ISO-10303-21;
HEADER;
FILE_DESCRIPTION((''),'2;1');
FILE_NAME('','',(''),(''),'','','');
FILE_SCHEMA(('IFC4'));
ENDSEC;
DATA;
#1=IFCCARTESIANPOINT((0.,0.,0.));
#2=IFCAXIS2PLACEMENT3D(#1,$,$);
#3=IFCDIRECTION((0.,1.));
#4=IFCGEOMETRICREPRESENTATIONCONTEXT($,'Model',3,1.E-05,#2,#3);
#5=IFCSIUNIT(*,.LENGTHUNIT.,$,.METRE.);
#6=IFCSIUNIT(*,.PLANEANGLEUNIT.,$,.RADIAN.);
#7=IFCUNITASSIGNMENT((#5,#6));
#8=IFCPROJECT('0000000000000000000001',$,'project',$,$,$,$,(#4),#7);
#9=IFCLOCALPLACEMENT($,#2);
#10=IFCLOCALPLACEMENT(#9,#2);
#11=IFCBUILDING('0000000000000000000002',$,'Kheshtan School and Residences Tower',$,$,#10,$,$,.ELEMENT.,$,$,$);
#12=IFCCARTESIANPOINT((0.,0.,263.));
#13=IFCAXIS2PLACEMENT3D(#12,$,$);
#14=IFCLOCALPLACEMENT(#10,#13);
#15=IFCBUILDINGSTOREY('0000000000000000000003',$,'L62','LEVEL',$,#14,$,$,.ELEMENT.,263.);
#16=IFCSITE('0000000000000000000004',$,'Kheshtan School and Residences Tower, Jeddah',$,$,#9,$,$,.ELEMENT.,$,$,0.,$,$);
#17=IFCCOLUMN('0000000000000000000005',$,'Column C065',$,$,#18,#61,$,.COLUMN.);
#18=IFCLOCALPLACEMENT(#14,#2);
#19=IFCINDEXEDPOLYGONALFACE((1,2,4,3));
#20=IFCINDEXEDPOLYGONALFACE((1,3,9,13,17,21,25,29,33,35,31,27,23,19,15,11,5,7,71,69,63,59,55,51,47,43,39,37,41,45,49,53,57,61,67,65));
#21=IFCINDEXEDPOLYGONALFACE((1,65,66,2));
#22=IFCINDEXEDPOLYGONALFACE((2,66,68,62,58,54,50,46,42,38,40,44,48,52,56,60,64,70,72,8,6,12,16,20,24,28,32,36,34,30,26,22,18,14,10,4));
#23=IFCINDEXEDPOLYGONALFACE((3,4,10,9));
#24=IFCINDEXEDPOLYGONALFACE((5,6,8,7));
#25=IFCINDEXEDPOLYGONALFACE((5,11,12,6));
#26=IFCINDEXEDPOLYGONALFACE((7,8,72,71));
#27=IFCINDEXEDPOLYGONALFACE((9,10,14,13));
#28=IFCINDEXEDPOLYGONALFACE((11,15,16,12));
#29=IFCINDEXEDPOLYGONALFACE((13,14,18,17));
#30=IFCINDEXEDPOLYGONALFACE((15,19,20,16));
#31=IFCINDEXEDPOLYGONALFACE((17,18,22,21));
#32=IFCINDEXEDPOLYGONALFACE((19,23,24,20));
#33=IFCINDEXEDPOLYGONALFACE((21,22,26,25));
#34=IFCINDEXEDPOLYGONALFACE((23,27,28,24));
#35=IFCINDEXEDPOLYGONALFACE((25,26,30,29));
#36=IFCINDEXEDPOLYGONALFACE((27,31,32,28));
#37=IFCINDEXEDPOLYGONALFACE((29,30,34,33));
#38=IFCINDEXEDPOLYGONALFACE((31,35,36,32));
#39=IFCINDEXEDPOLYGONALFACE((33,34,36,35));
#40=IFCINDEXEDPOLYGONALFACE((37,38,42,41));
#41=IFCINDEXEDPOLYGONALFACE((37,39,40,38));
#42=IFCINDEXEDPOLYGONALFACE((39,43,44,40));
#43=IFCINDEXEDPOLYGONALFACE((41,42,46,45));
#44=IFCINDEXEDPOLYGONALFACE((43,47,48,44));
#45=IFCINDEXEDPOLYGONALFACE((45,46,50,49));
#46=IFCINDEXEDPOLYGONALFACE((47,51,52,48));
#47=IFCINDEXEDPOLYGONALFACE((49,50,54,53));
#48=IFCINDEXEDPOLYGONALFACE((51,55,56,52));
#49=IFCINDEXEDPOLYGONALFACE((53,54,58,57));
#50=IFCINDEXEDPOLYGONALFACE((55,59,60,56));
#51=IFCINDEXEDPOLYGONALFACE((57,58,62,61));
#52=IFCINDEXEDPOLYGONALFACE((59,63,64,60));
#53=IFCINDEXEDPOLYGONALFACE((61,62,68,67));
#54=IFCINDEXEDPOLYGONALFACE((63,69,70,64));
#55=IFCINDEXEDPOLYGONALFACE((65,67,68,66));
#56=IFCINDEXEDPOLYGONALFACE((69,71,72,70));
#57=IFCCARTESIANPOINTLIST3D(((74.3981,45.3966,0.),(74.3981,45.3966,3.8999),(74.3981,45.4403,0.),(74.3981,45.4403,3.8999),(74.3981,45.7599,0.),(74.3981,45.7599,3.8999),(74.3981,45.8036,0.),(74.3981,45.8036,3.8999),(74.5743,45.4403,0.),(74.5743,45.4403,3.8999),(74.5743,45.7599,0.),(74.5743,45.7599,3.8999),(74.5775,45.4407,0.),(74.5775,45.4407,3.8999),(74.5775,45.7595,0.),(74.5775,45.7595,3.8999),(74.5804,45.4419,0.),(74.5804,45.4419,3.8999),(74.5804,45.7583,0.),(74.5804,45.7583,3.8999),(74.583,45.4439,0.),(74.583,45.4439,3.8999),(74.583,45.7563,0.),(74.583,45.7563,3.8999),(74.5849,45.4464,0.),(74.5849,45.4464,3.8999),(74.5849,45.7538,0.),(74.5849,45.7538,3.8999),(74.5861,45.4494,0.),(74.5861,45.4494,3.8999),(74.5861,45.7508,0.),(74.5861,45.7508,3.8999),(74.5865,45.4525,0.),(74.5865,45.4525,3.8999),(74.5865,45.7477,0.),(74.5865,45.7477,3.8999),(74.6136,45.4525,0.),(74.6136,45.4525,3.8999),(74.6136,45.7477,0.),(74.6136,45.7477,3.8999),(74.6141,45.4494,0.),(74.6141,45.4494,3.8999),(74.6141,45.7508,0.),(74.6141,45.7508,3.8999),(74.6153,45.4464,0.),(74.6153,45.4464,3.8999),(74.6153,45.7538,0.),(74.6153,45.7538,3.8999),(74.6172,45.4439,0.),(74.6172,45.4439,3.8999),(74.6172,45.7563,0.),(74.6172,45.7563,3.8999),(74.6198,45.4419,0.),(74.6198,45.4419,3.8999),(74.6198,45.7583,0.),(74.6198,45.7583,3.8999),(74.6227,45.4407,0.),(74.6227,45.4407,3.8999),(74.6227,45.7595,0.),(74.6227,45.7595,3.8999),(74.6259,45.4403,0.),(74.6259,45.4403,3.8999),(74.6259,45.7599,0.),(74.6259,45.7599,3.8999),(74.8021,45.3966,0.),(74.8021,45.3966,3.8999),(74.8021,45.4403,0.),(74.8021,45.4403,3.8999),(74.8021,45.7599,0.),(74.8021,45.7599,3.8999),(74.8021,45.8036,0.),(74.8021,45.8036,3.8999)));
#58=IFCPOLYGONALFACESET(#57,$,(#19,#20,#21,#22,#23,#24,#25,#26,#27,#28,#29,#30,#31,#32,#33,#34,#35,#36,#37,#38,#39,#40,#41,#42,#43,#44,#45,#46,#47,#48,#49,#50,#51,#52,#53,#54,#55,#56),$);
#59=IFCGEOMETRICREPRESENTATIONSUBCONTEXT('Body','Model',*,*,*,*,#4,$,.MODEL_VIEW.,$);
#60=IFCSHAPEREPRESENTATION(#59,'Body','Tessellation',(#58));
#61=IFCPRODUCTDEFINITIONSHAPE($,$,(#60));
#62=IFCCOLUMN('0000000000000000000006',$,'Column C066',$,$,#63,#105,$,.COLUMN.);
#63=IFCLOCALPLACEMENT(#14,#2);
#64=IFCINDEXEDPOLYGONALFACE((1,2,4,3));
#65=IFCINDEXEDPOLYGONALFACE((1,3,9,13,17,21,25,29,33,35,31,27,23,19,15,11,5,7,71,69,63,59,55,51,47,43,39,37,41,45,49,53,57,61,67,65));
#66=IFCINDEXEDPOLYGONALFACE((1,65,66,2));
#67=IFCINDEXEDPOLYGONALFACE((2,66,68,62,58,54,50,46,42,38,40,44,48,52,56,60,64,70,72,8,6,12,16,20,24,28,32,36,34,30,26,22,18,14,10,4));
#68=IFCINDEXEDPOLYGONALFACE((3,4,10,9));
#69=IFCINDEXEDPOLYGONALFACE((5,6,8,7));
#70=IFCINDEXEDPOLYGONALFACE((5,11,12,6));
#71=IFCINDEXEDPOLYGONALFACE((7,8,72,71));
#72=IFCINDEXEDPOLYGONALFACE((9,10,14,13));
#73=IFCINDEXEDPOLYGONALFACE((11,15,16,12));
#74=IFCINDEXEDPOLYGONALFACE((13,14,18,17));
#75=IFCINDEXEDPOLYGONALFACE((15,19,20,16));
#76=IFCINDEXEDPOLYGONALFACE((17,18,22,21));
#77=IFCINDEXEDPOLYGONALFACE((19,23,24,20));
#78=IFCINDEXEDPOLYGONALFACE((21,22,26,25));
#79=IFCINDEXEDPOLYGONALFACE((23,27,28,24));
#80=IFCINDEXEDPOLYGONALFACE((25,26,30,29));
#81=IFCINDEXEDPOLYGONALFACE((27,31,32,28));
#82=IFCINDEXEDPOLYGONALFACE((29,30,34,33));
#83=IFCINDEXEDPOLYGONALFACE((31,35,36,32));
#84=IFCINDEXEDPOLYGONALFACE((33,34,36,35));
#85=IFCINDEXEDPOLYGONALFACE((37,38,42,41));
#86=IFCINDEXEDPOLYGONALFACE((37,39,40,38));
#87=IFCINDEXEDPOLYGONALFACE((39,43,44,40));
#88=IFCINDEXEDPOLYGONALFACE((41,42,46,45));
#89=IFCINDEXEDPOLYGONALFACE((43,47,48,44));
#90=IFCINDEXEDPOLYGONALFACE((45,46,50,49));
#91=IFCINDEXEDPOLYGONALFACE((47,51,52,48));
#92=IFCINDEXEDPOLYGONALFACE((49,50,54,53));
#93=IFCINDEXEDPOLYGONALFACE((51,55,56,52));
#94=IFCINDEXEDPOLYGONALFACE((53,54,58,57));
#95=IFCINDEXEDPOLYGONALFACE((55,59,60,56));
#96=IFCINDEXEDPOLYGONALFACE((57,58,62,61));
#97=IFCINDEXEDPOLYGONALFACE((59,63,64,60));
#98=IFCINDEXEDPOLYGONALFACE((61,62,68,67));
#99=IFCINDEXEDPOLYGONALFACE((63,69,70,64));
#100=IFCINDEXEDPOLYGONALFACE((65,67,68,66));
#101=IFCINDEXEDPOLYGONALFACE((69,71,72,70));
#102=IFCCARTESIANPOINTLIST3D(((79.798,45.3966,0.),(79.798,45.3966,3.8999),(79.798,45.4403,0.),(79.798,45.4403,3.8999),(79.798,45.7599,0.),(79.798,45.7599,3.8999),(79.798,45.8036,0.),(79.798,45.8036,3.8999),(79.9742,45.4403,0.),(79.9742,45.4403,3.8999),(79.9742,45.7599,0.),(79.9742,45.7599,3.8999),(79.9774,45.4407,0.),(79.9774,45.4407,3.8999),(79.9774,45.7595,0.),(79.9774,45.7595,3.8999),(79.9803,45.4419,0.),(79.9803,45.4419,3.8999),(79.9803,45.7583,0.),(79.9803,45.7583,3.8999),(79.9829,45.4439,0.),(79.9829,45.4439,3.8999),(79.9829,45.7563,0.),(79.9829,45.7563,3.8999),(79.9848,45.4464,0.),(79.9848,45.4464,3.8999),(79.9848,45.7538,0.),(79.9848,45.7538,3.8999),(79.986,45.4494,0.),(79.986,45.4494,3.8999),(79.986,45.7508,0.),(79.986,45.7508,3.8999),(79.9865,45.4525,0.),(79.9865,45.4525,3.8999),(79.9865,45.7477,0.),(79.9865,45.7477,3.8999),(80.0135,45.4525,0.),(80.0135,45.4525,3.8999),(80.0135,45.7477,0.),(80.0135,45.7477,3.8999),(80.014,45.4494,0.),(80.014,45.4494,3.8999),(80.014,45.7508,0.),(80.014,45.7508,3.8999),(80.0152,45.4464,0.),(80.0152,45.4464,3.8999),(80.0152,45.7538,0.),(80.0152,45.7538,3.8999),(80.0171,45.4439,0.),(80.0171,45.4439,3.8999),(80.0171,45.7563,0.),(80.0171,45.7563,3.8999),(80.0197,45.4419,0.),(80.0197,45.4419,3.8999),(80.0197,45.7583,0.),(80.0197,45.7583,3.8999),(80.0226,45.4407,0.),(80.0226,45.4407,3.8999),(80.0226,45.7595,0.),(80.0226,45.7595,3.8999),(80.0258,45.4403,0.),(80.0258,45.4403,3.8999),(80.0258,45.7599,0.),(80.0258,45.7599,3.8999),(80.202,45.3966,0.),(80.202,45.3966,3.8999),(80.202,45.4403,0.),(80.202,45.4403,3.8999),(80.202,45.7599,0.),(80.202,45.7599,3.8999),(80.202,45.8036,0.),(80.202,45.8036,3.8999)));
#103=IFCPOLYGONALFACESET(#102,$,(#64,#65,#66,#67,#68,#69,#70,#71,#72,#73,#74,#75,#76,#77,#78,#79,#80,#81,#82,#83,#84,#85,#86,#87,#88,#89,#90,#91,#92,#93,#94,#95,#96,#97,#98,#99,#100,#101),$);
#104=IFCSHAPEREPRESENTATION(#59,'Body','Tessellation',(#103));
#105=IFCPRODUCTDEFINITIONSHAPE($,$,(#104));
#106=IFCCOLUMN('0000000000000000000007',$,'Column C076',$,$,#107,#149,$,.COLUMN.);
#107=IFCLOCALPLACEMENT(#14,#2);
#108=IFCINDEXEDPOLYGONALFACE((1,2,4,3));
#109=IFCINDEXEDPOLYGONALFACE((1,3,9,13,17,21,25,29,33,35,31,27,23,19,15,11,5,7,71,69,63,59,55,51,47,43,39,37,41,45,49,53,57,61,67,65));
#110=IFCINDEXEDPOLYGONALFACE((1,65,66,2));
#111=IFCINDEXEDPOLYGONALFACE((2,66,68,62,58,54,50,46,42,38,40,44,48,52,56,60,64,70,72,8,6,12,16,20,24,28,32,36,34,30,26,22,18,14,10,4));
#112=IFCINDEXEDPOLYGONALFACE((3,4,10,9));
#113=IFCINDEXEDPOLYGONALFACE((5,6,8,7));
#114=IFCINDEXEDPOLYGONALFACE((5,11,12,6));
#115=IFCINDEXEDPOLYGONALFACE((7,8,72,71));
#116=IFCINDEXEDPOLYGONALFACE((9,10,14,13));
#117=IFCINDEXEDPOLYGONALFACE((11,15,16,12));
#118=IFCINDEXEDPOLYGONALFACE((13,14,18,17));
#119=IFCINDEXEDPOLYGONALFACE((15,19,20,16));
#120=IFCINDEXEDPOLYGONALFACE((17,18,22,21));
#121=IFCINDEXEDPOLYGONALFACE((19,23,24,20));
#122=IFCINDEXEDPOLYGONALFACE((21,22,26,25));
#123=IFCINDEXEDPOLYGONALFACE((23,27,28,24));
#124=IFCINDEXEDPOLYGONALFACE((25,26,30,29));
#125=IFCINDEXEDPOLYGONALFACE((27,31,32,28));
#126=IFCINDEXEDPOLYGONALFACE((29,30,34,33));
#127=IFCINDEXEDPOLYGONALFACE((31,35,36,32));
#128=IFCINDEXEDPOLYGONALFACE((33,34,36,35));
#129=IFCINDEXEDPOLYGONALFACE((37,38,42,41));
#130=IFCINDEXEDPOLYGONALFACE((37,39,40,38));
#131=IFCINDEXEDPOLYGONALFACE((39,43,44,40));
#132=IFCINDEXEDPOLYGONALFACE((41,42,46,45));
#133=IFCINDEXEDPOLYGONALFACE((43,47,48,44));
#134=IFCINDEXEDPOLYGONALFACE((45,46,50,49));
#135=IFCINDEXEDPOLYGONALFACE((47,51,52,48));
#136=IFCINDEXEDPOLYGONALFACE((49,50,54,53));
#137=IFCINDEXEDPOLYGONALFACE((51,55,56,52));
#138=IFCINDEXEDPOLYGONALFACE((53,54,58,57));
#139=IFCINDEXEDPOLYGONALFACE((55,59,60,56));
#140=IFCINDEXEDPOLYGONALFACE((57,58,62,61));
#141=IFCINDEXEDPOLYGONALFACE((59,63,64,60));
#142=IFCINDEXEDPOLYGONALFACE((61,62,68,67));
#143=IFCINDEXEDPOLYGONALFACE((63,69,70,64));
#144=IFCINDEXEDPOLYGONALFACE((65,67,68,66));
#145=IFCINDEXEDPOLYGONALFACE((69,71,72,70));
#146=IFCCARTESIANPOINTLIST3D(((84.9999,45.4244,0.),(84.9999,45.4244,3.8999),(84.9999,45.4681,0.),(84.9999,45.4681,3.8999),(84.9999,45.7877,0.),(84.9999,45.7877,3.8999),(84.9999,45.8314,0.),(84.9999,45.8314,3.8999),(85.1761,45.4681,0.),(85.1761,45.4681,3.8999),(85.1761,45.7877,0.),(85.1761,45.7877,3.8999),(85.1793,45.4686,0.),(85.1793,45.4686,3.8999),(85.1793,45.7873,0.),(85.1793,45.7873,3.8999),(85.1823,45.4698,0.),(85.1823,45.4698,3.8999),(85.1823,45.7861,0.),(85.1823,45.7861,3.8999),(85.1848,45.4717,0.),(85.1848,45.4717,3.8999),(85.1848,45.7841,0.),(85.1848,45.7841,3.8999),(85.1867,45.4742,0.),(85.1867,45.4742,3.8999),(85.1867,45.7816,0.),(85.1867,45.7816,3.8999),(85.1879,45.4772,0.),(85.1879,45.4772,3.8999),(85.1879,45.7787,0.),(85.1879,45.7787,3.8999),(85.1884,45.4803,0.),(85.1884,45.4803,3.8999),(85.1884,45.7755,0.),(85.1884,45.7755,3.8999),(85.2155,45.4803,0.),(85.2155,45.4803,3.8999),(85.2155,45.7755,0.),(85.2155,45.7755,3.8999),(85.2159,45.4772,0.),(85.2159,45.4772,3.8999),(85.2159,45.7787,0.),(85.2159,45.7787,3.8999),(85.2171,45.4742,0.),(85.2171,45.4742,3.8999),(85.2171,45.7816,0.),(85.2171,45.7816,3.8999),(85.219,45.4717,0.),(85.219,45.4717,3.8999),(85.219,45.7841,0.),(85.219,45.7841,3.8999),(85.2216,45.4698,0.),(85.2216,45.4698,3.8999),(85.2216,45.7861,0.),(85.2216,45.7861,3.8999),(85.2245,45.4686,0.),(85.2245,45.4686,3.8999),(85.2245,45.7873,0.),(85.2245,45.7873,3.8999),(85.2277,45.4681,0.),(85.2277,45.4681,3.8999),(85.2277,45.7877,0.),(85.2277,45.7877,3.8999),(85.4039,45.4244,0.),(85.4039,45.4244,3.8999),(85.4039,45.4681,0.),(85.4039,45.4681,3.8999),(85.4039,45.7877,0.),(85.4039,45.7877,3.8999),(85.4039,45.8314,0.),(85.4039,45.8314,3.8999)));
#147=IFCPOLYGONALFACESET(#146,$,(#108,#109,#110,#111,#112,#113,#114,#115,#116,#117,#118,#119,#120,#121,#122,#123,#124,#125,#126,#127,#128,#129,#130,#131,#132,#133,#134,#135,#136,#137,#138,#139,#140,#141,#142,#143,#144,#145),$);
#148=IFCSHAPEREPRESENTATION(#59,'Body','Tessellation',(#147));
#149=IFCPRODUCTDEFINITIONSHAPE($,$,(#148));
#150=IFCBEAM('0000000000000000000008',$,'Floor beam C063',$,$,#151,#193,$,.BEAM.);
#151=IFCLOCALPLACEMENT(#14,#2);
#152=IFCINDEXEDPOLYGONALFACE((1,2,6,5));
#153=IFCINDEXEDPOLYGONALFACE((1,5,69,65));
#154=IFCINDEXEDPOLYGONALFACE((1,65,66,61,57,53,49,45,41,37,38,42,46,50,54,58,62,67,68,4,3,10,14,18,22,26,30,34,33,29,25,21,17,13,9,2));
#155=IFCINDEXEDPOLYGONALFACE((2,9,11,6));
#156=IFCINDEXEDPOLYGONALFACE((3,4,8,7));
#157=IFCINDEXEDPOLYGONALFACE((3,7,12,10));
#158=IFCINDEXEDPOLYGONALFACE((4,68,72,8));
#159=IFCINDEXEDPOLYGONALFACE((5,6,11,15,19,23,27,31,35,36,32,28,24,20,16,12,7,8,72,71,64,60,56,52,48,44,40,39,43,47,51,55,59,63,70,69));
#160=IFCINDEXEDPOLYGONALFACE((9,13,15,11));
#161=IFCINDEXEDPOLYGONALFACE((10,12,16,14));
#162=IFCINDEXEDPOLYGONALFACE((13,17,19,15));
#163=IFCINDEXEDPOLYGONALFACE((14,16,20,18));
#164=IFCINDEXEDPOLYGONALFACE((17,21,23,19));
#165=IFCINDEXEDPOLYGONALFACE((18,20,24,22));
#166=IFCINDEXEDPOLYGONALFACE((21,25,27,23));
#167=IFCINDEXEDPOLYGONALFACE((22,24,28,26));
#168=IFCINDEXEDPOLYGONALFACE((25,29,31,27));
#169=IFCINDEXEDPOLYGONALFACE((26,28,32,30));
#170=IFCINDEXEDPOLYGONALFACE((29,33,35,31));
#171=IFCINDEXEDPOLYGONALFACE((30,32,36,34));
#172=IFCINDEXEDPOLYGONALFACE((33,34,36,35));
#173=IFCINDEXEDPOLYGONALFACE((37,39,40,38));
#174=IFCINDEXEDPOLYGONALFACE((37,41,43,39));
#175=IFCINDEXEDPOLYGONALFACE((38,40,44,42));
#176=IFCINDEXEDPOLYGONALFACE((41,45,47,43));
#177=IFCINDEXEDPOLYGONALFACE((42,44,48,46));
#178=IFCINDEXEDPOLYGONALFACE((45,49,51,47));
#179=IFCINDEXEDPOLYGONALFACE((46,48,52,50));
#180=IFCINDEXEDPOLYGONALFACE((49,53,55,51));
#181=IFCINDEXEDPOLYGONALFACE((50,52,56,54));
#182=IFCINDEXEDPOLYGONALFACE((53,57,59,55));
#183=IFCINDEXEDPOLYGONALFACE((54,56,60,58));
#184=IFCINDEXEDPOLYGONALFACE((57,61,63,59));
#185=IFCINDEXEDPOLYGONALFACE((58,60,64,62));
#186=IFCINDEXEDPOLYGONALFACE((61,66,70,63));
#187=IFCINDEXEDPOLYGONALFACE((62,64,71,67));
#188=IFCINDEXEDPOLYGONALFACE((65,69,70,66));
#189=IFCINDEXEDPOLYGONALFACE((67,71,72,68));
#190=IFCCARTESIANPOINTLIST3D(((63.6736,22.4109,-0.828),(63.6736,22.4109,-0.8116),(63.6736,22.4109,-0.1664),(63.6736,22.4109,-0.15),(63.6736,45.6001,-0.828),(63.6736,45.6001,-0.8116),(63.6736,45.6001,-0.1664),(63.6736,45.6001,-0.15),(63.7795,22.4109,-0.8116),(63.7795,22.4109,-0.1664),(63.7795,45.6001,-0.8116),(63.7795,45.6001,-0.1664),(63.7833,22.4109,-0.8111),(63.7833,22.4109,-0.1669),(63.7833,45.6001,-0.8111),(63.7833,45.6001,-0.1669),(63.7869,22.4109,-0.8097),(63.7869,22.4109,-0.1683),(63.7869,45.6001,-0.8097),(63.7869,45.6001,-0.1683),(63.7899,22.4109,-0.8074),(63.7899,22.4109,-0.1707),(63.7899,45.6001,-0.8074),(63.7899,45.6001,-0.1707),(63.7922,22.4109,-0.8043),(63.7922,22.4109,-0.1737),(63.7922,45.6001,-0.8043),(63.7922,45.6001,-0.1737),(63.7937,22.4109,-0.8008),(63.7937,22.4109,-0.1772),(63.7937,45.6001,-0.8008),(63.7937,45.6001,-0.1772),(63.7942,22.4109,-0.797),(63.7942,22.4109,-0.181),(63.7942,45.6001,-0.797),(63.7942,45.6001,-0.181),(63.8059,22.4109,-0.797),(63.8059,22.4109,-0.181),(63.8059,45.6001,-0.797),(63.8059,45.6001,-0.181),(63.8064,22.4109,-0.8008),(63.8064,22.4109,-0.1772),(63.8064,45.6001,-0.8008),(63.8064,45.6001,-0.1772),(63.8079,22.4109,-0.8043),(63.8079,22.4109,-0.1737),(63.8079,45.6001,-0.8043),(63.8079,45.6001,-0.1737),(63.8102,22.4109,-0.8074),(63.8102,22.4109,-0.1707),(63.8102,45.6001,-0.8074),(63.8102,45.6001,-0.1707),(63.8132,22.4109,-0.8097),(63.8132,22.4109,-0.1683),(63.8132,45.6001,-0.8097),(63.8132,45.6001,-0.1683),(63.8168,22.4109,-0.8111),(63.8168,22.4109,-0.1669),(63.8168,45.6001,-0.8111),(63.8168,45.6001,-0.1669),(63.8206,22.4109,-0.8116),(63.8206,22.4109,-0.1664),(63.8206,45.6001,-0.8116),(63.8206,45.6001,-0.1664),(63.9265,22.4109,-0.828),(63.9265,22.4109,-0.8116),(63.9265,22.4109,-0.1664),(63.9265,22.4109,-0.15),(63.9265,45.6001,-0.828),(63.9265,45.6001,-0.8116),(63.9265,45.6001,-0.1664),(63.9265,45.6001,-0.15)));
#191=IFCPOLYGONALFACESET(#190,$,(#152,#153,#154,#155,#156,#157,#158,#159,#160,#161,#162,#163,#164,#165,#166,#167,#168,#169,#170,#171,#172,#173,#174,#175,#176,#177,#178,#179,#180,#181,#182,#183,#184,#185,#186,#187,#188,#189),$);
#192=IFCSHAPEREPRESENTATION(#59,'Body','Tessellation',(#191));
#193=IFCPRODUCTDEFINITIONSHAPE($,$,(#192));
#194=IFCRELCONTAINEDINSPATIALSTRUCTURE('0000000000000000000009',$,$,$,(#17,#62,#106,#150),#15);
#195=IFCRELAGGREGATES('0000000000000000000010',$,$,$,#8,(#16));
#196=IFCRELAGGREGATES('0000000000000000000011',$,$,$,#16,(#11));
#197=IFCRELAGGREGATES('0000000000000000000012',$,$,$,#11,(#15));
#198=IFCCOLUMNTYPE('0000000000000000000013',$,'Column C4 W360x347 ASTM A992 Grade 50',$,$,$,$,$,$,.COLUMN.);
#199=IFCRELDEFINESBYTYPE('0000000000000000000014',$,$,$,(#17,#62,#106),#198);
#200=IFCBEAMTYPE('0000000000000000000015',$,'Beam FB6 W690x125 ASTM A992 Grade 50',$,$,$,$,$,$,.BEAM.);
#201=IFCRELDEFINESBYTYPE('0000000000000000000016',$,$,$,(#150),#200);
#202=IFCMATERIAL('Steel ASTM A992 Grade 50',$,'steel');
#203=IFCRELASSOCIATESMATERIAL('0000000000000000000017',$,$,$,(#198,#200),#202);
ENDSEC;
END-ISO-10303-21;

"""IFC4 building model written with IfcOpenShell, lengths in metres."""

from ifc_helpers import new_model, si_unit, direction, frame, origin, origin_2d, place, context, subcontext, project, spatial, i_section, extrude, material, material_profile, profile_set, type_object, element, save


model = new_model("IFC4")

# Units and contexts
model_context = context("Model", 3, precision=1e-05, world=origin(), true_north=direction((0.0, 1.0)))
body_context = subcontext(model_context, "Body", "Model", "MODEL_VIEW")
ifc_project = project(units=[si_unit("LENGTHUNIT", "METRE"), si_unit("PLANEANGLEUNIT", "RADIAN")], contexts=[model_context])

# Site, building, storey
site_placement = place(None, origin())
site = spatial("IfcSite", under=ifc_project, at=site_placement, Name="Kheshtan School and Residences Tower, Jeddah", CompositionType="ELEMENT", RefElevation=0.0)
building_placement = place(site_placement, origin())
building = spatial("IfcBuilding", under=site, at=building_placement, Name="Kheshtan School and Residences Tower", CompositionType="ELEMENT")
storey_placement = place(building_placement, frame((0.0, 0.0, 263.0)))
storey = spatial("IfcBuildingStorey", under=building, at=storey_placement, Name="L62", Description="LEVEL", CompositionType="ELEMENT", Elevation=263.0)

# Columns
ifc_material_1 = material(Name="Steel ASTM A992 Grade 50", Category="steel")
ifc_material_profile_1 = material_profile(ifc_material_1, i_section(OverallWidth=0.4041, OverallDepth=0.407, WebThickness=0.0271, FlangeThickness=0.0437, FilletRadius=0.0122, at=origin_2d()), Name="W360x347")
ifc_profile_set_1 = profile_set([ifc_material_profile_1], Name="Steel ASTM A992 Grade 50")
column_type = type_object("IfcColumnType", Name="Column C4 W360x347 ASTM A992 Grade 50", PredefinedType="COLUMN", material=ifc_profile_set_1)
for number, where, z_axis, x_axis, name in (
    (1, (74.6001, 45.6001, 0.0), (0.0, 0.0, 1.0), (1.0, 0.0, 0.0), "Column C065"),
    (2, (80.0, 45.6001, 0.0), (0.0, 0.0, 1.0), (1.0, 0.0, 0.0), "Column C066"),
    (3, (85.2019, 45.6279, 0.0), (0.0, 0.0, 1.0), (1.0, 0.0, 0.0), "Column C076"),
):
    element("IfcColumn", number, at=place(storey_placement, frame(where, z_axis=z_axis, x_axis=x_axis)), inside=storey, type_object=column_type, Name=name, PredefinedType="COLUMN", context=body_context, shape_type="SweptSolid", body=[
        extrude(i_section(OverallWidth=0.4041, OverallDepth=0.407, WebThickness=0.0271, FlangeThickness=0.0437, FilletRadius=0.0122, at=origin_2d()), origin(), (0.0, 0.0, 1.0), 3.8999),
    ])

# Beam
ifc_material_profile_2 = material_profile(ifc_material_1, i_section(OverallWidth=0.2529, OverallDepth=0.678, WebThickness=0.0117, FlangeThickness=0.0164, FilletRadius=0.0146, at=origin_2d()), Name="W690x125")
ifc_profile_set_2 = profile_set([ifc_material_profile_2], Name="Steel ASTM A992 Grade 50")
beam_type_1 = type_object("IfcBeamType", Name="Beam FB6 W690x125 ASTM A992 Grade 50", PredefinedType="BEAM", material=ifc_profile_set_2)
beam_1_placement = place(storey_placement, frame((63.8, 45.6001, -0.489), z_axis=(0.0, -1.0, 0.0), x_axis=(1.0, 0.0, 0.0)))
element("IfcBeam", 4, at=beam_1_placement, inside=storey, type_object=beam_type_1, Name="Floor beam C063", PredefinedType="BEAM", context=body_context, shape_type="SweptSolid", body=[
    extrude(i_section(OverallWidth=0.2529, OverallDepth=0.678, WebThickness=0.0117, FlangeThickness=0.0164, FilletRadius=0.0146, at=origin_2d()), origin(), (0.0, 0.0, 1.0), 23.1892),
])

save(model, "model.ifc")
